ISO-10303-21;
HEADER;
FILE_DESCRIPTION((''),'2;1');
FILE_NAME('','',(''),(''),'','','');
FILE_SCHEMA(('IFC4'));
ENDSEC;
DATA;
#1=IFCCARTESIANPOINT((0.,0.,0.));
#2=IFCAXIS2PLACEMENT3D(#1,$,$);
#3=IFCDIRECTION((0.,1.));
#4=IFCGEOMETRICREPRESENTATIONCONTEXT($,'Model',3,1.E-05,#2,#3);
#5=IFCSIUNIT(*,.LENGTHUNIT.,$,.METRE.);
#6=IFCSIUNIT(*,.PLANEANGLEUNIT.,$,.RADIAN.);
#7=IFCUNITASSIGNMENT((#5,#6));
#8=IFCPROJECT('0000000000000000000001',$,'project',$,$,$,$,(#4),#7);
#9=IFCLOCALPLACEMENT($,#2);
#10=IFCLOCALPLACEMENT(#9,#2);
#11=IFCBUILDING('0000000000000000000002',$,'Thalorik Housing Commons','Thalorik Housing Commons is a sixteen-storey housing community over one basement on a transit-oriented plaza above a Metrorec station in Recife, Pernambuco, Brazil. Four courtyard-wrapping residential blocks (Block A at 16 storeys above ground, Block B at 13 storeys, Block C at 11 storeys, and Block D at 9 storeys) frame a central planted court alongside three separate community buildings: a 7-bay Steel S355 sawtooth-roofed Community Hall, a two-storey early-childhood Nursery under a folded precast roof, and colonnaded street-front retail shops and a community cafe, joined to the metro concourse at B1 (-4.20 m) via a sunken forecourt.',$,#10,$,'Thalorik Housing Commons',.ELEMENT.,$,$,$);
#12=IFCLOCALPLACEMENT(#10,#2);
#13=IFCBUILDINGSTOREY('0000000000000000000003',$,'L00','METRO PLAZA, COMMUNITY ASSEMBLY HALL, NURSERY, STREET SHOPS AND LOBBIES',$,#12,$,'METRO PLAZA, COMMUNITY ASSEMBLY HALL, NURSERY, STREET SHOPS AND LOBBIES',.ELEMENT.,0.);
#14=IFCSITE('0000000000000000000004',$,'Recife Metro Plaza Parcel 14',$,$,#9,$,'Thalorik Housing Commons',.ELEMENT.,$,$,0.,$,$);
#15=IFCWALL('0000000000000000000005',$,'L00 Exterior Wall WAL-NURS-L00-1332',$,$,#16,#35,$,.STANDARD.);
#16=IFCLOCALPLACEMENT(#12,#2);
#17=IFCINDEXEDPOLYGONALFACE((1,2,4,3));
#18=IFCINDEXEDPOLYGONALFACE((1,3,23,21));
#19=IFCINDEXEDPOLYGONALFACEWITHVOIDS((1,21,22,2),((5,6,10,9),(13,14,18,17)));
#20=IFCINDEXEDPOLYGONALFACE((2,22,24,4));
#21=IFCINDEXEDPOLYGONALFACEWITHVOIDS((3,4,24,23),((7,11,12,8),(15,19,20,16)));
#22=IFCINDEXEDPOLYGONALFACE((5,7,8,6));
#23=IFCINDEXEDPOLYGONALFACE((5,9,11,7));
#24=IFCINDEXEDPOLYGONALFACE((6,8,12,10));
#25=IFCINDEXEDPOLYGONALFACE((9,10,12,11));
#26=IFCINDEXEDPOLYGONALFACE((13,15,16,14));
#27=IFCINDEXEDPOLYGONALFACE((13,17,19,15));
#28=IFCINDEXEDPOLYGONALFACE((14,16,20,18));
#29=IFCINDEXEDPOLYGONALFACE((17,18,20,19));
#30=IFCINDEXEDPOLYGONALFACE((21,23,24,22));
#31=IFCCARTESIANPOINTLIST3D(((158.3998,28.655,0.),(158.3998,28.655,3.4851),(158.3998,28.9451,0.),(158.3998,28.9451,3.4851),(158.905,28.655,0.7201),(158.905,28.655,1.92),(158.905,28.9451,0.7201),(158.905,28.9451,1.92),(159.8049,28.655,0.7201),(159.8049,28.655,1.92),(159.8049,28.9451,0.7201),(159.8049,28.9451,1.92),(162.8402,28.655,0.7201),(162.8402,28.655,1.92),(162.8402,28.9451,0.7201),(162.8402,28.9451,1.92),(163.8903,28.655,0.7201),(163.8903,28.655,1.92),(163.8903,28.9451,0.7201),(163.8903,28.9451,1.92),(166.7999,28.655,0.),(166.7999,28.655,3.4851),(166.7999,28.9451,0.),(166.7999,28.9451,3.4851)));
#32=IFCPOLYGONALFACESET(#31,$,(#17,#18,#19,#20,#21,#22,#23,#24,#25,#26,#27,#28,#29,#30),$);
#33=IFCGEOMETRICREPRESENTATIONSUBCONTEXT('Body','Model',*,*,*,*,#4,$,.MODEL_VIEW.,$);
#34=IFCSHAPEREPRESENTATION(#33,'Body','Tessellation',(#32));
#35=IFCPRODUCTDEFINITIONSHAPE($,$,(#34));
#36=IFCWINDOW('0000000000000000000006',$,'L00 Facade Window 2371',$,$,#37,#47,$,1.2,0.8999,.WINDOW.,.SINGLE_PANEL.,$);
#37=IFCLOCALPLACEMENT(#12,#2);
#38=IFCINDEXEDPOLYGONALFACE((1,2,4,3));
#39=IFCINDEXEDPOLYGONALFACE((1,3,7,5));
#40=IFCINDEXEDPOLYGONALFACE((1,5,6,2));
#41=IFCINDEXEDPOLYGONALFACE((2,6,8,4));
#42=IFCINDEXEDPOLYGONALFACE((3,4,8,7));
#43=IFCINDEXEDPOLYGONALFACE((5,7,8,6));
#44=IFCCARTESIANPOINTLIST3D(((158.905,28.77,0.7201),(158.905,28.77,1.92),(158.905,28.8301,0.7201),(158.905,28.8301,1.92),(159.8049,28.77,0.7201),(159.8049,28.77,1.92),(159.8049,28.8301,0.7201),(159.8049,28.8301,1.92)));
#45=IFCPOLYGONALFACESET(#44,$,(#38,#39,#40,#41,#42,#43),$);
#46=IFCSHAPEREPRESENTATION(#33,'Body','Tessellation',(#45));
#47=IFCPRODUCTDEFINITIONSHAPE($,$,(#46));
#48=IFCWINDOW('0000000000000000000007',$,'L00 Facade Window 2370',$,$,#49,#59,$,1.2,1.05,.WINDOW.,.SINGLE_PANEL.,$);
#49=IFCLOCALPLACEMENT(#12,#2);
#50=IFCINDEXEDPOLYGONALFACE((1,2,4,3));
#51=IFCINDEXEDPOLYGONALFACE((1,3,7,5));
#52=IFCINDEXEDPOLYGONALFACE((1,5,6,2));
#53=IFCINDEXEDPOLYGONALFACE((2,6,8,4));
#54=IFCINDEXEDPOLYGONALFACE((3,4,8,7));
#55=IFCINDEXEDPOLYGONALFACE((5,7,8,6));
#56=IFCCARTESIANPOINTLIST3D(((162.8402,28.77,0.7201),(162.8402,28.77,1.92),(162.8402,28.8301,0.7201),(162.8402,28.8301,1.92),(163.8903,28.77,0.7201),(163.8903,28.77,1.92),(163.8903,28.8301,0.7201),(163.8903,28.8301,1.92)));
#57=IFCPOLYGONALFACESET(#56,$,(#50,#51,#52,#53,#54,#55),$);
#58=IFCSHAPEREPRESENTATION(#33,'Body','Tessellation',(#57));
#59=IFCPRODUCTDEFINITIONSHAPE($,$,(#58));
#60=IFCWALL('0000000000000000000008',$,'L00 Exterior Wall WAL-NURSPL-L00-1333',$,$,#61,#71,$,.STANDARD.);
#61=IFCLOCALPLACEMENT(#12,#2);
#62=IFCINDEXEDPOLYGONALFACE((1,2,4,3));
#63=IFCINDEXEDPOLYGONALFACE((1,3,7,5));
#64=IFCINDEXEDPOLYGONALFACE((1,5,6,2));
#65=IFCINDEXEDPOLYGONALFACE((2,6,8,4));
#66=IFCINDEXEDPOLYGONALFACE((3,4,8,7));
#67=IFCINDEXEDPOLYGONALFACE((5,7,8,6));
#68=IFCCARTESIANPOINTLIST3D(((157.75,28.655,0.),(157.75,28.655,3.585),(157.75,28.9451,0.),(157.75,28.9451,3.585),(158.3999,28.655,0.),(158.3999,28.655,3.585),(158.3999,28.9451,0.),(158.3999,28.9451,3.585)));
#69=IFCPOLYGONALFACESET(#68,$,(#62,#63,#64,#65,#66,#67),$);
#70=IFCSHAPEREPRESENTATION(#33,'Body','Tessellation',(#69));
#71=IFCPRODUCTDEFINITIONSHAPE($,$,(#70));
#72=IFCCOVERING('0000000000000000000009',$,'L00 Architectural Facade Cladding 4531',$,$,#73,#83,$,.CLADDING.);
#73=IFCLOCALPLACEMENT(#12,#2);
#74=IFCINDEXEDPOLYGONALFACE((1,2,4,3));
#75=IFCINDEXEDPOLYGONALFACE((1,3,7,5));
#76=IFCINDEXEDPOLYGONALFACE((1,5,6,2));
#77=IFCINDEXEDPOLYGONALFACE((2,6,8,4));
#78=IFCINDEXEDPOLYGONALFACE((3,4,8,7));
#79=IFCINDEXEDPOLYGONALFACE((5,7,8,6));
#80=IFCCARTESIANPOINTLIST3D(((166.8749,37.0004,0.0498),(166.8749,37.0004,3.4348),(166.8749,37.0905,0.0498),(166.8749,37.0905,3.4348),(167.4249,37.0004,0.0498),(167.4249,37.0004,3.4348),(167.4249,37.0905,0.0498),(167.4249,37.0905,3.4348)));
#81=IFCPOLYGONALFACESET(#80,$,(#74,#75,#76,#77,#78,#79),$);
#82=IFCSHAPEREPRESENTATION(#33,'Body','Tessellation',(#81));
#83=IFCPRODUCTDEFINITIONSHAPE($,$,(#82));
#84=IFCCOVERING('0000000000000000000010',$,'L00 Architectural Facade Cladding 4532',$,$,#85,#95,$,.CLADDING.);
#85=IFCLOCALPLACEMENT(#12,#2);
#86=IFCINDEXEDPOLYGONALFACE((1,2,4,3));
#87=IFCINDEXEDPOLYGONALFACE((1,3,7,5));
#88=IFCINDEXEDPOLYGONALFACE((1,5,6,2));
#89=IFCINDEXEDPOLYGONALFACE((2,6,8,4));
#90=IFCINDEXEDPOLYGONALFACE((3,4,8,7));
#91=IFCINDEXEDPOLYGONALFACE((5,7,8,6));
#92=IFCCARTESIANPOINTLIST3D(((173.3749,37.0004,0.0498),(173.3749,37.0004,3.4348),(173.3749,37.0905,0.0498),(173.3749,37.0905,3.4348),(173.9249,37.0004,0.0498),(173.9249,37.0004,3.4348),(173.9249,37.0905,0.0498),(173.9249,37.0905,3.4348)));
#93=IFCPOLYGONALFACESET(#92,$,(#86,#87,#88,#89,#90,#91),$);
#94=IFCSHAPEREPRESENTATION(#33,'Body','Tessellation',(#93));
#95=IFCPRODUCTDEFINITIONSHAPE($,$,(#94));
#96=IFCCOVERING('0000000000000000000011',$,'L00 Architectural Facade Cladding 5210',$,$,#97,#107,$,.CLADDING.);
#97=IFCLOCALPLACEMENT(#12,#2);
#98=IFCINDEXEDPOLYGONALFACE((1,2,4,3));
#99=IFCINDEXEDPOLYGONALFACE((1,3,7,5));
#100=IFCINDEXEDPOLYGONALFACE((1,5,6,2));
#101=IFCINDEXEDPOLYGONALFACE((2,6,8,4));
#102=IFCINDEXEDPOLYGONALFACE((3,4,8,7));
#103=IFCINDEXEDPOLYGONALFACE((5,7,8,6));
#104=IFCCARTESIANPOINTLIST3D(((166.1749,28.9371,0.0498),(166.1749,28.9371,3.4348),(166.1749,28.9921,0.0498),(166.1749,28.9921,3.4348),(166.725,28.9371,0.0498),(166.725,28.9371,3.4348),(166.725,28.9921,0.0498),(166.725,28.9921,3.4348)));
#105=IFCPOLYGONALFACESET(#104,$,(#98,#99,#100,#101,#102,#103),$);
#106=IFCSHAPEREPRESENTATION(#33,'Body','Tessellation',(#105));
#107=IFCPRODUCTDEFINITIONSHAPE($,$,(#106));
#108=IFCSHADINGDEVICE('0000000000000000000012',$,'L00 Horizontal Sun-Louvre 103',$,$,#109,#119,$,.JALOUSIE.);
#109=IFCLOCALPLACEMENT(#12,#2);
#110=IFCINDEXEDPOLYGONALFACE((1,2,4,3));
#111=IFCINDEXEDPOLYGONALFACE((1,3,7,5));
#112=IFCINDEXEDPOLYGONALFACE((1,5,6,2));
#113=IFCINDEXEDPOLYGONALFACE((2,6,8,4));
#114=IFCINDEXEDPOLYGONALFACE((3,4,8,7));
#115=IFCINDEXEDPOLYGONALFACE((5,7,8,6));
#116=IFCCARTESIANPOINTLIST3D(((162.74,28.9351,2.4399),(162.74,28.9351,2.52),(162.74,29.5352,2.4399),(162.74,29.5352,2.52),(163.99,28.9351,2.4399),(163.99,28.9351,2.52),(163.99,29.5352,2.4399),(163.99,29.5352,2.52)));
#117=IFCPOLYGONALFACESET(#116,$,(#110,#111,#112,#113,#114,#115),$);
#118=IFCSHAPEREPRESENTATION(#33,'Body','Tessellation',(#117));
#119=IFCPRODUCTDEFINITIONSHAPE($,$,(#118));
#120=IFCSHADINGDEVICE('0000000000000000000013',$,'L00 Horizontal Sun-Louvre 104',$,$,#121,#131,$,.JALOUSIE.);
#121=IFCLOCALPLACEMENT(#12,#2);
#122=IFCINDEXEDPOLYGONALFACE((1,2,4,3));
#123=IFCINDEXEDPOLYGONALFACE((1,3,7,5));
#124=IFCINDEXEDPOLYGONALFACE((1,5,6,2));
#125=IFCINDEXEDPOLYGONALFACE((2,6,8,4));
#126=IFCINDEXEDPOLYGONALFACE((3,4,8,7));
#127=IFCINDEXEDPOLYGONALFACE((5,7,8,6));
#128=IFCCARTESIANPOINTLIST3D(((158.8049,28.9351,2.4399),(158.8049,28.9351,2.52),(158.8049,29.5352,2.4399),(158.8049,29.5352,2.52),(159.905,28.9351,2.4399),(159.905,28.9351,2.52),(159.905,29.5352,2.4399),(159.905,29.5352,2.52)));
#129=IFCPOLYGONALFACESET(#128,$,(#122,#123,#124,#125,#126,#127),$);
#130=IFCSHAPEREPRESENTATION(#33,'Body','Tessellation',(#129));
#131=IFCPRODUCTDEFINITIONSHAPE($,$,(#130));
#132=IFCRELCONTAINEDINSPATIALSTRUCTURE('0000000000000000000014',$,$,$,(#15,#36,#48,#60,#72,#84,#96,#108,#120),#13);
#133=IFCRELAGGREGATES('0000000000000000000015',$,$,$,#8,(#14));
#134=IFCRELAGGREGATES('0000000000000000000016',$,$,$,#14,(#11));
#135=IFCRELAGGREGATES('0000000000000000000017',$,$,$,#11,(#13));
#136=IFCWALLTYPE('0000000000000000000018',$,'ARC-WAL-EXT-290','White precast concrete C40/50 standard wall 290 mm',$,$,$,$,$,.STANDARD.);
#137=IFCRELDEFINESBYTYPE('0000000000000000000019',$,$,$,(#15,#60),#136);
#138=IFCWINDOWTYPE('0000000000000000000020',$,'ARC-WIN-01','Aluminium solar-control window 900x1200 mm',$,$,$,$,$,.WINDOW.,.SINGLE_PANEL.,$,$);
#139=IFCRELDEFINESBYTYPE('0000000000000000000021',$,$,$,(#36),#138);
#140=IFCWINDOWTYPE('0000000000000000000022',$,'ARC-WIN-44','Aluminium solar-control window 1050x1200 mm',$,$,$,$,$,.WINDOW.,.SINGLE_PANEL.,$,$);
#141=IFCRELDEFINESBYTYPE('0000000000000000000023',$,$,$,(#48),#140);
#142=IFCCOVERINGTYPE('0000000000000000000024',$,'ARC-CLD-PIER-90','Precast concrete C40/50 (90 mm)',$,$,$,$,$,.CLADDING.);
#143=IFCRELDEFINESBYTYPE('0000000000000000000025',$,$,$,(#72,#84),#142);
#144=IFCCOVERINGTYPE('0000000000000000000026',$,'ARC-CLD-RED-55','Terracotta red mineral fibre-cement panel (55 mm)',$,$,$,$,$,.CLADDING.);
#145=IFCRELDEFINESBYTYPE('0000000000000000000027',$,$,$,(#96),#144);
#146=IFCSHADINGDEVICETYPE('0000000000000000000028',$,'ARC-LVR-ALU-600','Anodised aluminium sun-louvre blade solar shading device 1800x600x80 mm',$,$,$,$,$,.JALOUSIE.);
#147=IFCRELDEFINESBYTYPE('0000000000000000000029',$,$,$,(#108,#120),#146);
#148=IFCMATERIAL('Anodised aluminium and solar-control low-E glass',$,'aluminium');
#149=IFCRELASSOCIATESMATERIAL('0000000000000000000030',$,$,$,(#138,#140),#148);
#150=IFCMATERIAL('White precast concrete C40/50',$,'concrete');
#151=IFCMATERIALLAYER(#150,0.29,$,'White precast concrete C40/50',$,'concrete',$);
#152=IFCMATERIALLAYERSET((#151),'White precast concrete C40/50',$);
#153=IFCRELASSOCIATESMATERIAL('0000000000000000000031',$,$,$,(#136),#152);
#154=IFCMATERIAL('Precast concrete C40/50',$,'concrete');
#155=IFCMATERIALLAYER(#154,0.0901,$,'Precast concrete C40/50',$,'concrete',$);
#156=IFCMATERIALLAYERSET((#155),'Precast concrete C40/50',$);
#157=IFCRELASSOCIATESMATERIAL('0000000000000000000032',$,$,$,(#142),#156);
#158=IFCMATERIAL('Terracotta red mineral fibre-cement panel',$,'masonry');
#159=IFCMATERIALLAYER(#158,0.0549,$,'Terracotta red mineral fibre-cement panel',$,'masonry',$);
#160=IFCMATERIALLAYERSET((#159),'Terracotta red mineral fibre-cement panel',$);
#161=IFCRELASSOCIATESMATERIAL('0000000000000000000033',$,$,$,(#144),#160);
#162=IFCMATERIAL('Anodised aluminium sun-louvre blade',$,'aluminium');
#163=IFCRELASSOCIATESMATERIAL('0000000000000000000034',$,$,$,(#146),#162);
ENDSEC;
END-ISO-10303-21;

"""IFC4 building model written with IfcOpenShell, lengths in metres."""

from ifc_helpers import new_model, si_unit, direction, frame, frame_2d, origin, origin_2d, place, context, subcontext, project, spatial, rectangle, extrude, material, layer, layer_set, type_object, element, fill, save


model = new_model("IFC4")

# Units and contexts
model_context = context("Model", 3, precision=1e-05, world=origin(), true_north=direction((0.0, 1.0)))
body_context = subcontext(model_context, "Body", "Model", "MODEL_VIEW")
ifc_project = project(units=[si_unit("LENGTHUNIT", "METRE"), si_unit("PLANEANGLEUNIT", "RADIAN")], contexts=[model_context])

# Site, building, storey
site_placement = place(None, origin())
site = spatial("IfcSite", under=ifc_project, at=site_placement, Name="Recife Metro Plaza Parcel 14", LongName="Thalorik Housing Commons", CompositionType="ELEMENT", RefElevation=0.0)
building_placement = place(site_placement, origin())
building = spatial("IfcBuilding", under=site, at=building_placement, Name="Thalorik Housing Commons", Description="Thalorik Housing Commons is a sixteen-storey housing community over one basement on a transit-oriented plaza above a Metrorec station in Recife, Pernambuco, Brazil. Four courtyard-wrapping residential blocks (Block A at 16 storeys above ground, Block B at 13 storeys, Block C at 11 storeys, and Block D at 9 storeys) frame a central planted court alongside three separate community buildings: a 7-bay Steel S355 sawtooth-roofed Community Hall, a two-storey early-childhood Nursery under a folded precast roof, and colonnaded street-front retail shops and a community cafe, joined to the metro concourse at B1 (-4.20 m) via a sunken forecourt.", LongName="Thalorik Housing Commons", CompositionType="ELEMENT")
storey_placement = place(building_placement, origin())
storey = spatial("IfcBuildingStorey", under=building, at=storey_placement, Name="L00", Description="METRO PLAZA, COMMUNITY ASSEMBLY HALL, NURSERY, STREET SHOPS AND LOBBIES", LongName="METRO PLAZA, COMMUNITY ASSEMBLY HALL, NURSERY, STREET SHOPS AND LOBBIES", CompositionType="ELEMENT", Elevation=0.0)

# Shared definitions
ifc_material_1 = material(Name="Precast concrete C40/50", Category="concrete")

# Shared definitions
ifc_material_2 = material(Name="Anodised aluminium and solar-control low-E glass", Category="aluminium")

# Shared definitions
ifc_material_3 = material(Name="White precast concrete C40/50", Category="concrete")
window_type_1 = type_object("IfcWindowType", Name="ARC-WIN-01", Description="Aluminium solar-control window 900x1200 mm", PartitioningType="SINGLE_PANEL", PredefinedType="WINDOW", material=ifc_material_2)

# Wall, openings, windows
ifc_layer_1 = layer(ifc_material_3, 0.29, Name="White precast concrete C40/50", Category="concrete")
ifc_layer_set_1 = layer_set([ifc_layer_1], Name="White precast concrete C40/50")
wall_type_1 = type_object("IfcWallType", Name="ARC-WAL-EXT-290", Description="White precast concrete C40/50 standard wall 290 mm", PredefinedType="STANDARD", material=ifc_layer_set_1)
wall_1_placement = place(storey_placement, frame((166.8, 28.8, 0.0), z_axis=(0.0, 0.0, 1.0), x_axis=(-1.0, 0.0, 0.0)))
wall_1 = element("IfcWall", 1, at=wall_1_placement, inside=storey, type_object=wall_type_1, Name="L00 Exterior Wall WAL-NURS-L00-1332", PredefinedType="STANDARD", context=body_context, shape_type="SweptSolid", body=[
    extrude(rectangle(XDim=8.4001, YDim=0.29, at=frame_2d((4.2002, 0.0))), origin(), (0.0, 0.0, 1.0), 3.4851),
])
opening_1_placement = place(wall_1_placement, frame((2.9099, 0.0, 0.72)))
opening_1 = element("IfcOpeningElement", 2, at=opening_1_placement, cuts=wall_1, PredefinedType="OPENING", context=body_context, shape_type="SweptSolid", body=[
    extrude(rectangle(XDim=1.05, YDim=1.2, at=frame_2d((0.5249, 0.6001))), frame((0.0, 0.155, 0.0), z_axis=(0.0, -1.0, 0.0), x_axis=(1.0, 0.0, 0.0)), (0.0, 0.0, 1.0), 0.3101),
])
opening_2_placement = place(wall_1_placement, frame((6.9951, 0.0, 0.72)))
opening_2 = element("IfcOpeningElement", 3, at=opening_2_placement, cuts=wall_1, PredefinedType="OPENING", context=body_context, shape_type="SweptSolid", body=[
    extrude(rectangle(XDim=0.8999, YDim=1.2, at=frame_2d((0.45, 0.6001))), frame((0.0, 0.155, 0.0), z_axis=(0.0, -1.0, 0.0), x_axis=(1.0, 0.0, 0.0)), (0.0, 0.0, 1.0), 0.3101),
])
window_1_placement = place(opening_2_placement, origin())
window_1 = element("IfcWindow", 4, at=window_1_placement, inside=storey, type_object=window_type_1, Name="L00 Facade Window 2371", OverallHeight=1.2, OverallWidth=0.8999, PartitioningType="SINGLE_PANEL", PredefinedType="WINDOW", context=body_context, shape_type="SweptSolid", body=[
    extrude(rectangle(XDim=0.8999, YDim=1.2, at=frame_2d((0.45, 0.6001))), frame((0.0, 0.03, 0.0), z_axis=(0.0, -1.0, 0.0), x_axis=(1.0, 0.0, 0.0)), (0.0, 0.0, 1.0), 0.0601),
])
fill(opening_2, window_1)
window_type_2 = type_object("IfcWindowType", Name="ARC-WIN-44", Description="Aluminium solar-control window 1050x1200 mm", PartitioningType="SINGLE_PANEL", PredefinedType="WINDOW", material=ifc_material_2)
window_2_placement = place(opening_1_placement, origin())
window_2 = element("IfcWindow", 5, at=window_2_placement, inside=storey, type_object=window_type_2, Name="L00 Facade Window 2370", OverallHeight=1.2, OverallWidth=1.05, PartitioningType="SINGLE_PANEL", PredefinedType="WINDOW", context=body_context, shape_type="SweptSolid", body=[
    extrude(rectangle(XDim=1.05, YDim=1.2, at=frame_2d((0.5249, 0.6001))), frame((0.0, 0.03, 0.0), z_axis=(0.0, -1.0, 0.0), x_axis=(1.0, 0.0, 0.0)), (0.0, 0.0, 1.0), 0.0601),
])
fill(opening_1, window_2)

# Wall
wall_2_placement = place(storey_placement, frame((158.3999, 28.8, 0.0), z_axis=(0.0, 0.0, 1.0), x_axis=(-1.0, 0.0, 0.0)))
element("IfcWall", 6, at=wall_2_placement, inside=storey, type_object=wall_type_1, Name="L00 Exterior Wall WAL-NURSPL-L00-1333", PredefinedType="STANDARD", context=body_context, shape_type="SweptSolid", body=[
    extrude(rectangle(XDim=0.6499, YDim=0.29, at=frame_2d((0.325, 0.0))), origin(), (0.0, 0.0, 1.0), 3.585),
])

# Coverings
ifc_layer_2 = layer(ifc_material_1, 0.0901, Name="Precast concrete C40/50", Category="concrete")
ifc_layer_set_2 = layer_set([ifc_layer_2], Name="Precast concrete C40/50")
covering_type_1 = type_object("IfcCoveringType", Name="ARC-CLD-PIER-90", Description="Precast concrete C40/50 (90 mm)", PredefinedType="CLADDING", material=ifc_layer_set_2)
for number, where, z_axis, x_axis, name in (
    (7, (167.1499, 37.0454, 0.0498), (0.0, 0.0, 1.0), (1.0, 0.0, 0.0), "L00 Architectural Facade Cladding 4531"),
    (8, (173.6499, 37.0454, 0.0498), (0.0, 0.0, 1.0), (1.0, 0.0, 0.0), "L00 Architectural Facade Cladding 4532"),
):
    element("IfcCovering", number, at=place(storey_placement, frame(where, z_axis=z_axis, x_axis=x_axis)), inside=storey, type_object=covering_type_1, Name=name, PredefinedType="CLADDING", context=body_context, shape_type="SweptSolid", body=[
        extrude(rectangle(XDim=0.55, YDim=0.0901, at=origin_2d()), origin(), (0.0, 0.0, 1.0), 3.385),
    ])
ifc_material_4 = material(Name="Terracotta red mineral fibre-cement panel", Category="masonry")
ifc_layer_3 = layer(ifc_material_4, 0.0549, Name="Terracotta red mineral fibre-cement panel", Category="masonry")
ifc_layer_set_3 = layer_set([ifc_layer_3], Name="Terracotta red mineral fibre-cement panel")
covering_type_2 = type_object("IfcCoveringType", Name="ARC-CLD-RED-55", Description="Terracotta red mineral fibre-cement panel (55 mm)", PredefinedType="CLADDING", material=ifc_layer_set_3)
covering_placement = place(storey_placement, frame((166.45, 28.9646, 0.0498), z_axis=(0.0, 0.0, 1.0), x_axis=(-1.0, 0.0, 0.0)))
element("IfcCovering", 9, at=covering_placement, inside=storey, type_object=covering_type_2, Name="L00 Architectural Facade Cladding 5210", PredefinedType="CLADDING", context=body_context, shape_type="SweptSolid", body=[
    extrude(rectangle(XDim=0.55, YDim=0.0549, at=origin_2d()), origin(), (0.0, 0.0, 1.0), 3.385),
])

# Shading devices
ifc_material_5 = material(Name="Anodised aluminium sun-louvre blade", Category="aluminium")
shading_device_type = type_object("IfcShadingDeviceType", Name="ARC-LVR-ALU-600", Description="Anodised aluminium sun-louvre blade solar shading device 1800x600x80 mm", PredefinedType="JALOUSIE", material=ifc_material_5)
shading_device_1_placement = place(storey_placement, frame((163.365, 29.2351, 2.4399), z_axis=(0.0, 0.0, 1.0), x_axis=(-1.0, 0.0, 0.0)))
element("IfcShadingDevice", 10, at=shading_device_1_placement, inside=storey, type_object=shading_device_type, Name="L00 Horizontal Sun-Louvre 103", PredefinedType="JALOUSIE", context=body_context, shape_type="SweptSolid", body=[
    extrude(rectangle(XDim=1.25, YDim=0.6001, at=origin_2d()), origin(), (0.0, 0.0, 1.0), 0.0801),
])
shading_device_2_placement = place(storey_placement, frame((159.355, 29.2351, 2.4399), z_axis=(0.0, 0.0, 1.0), x_axis=(-1.0, 0.0, 0.0)))
element("IfcShadingDevice", 11, at=shading_device_2_placement, inside=storey, type_object=shading_device_type, Name="L00 Horizontal Sun-Louvre 104", PredefinedType="JALOUSIE", context=body_context, shape_type="SweptSolid", body=[
    extrude(rectangle(XDim=1.1001, YDim=0.6001, at=origin_2d()), origin(), (0.0, 0.0, 1.0), 0.0801),
])

save(model, "model.ifc")
